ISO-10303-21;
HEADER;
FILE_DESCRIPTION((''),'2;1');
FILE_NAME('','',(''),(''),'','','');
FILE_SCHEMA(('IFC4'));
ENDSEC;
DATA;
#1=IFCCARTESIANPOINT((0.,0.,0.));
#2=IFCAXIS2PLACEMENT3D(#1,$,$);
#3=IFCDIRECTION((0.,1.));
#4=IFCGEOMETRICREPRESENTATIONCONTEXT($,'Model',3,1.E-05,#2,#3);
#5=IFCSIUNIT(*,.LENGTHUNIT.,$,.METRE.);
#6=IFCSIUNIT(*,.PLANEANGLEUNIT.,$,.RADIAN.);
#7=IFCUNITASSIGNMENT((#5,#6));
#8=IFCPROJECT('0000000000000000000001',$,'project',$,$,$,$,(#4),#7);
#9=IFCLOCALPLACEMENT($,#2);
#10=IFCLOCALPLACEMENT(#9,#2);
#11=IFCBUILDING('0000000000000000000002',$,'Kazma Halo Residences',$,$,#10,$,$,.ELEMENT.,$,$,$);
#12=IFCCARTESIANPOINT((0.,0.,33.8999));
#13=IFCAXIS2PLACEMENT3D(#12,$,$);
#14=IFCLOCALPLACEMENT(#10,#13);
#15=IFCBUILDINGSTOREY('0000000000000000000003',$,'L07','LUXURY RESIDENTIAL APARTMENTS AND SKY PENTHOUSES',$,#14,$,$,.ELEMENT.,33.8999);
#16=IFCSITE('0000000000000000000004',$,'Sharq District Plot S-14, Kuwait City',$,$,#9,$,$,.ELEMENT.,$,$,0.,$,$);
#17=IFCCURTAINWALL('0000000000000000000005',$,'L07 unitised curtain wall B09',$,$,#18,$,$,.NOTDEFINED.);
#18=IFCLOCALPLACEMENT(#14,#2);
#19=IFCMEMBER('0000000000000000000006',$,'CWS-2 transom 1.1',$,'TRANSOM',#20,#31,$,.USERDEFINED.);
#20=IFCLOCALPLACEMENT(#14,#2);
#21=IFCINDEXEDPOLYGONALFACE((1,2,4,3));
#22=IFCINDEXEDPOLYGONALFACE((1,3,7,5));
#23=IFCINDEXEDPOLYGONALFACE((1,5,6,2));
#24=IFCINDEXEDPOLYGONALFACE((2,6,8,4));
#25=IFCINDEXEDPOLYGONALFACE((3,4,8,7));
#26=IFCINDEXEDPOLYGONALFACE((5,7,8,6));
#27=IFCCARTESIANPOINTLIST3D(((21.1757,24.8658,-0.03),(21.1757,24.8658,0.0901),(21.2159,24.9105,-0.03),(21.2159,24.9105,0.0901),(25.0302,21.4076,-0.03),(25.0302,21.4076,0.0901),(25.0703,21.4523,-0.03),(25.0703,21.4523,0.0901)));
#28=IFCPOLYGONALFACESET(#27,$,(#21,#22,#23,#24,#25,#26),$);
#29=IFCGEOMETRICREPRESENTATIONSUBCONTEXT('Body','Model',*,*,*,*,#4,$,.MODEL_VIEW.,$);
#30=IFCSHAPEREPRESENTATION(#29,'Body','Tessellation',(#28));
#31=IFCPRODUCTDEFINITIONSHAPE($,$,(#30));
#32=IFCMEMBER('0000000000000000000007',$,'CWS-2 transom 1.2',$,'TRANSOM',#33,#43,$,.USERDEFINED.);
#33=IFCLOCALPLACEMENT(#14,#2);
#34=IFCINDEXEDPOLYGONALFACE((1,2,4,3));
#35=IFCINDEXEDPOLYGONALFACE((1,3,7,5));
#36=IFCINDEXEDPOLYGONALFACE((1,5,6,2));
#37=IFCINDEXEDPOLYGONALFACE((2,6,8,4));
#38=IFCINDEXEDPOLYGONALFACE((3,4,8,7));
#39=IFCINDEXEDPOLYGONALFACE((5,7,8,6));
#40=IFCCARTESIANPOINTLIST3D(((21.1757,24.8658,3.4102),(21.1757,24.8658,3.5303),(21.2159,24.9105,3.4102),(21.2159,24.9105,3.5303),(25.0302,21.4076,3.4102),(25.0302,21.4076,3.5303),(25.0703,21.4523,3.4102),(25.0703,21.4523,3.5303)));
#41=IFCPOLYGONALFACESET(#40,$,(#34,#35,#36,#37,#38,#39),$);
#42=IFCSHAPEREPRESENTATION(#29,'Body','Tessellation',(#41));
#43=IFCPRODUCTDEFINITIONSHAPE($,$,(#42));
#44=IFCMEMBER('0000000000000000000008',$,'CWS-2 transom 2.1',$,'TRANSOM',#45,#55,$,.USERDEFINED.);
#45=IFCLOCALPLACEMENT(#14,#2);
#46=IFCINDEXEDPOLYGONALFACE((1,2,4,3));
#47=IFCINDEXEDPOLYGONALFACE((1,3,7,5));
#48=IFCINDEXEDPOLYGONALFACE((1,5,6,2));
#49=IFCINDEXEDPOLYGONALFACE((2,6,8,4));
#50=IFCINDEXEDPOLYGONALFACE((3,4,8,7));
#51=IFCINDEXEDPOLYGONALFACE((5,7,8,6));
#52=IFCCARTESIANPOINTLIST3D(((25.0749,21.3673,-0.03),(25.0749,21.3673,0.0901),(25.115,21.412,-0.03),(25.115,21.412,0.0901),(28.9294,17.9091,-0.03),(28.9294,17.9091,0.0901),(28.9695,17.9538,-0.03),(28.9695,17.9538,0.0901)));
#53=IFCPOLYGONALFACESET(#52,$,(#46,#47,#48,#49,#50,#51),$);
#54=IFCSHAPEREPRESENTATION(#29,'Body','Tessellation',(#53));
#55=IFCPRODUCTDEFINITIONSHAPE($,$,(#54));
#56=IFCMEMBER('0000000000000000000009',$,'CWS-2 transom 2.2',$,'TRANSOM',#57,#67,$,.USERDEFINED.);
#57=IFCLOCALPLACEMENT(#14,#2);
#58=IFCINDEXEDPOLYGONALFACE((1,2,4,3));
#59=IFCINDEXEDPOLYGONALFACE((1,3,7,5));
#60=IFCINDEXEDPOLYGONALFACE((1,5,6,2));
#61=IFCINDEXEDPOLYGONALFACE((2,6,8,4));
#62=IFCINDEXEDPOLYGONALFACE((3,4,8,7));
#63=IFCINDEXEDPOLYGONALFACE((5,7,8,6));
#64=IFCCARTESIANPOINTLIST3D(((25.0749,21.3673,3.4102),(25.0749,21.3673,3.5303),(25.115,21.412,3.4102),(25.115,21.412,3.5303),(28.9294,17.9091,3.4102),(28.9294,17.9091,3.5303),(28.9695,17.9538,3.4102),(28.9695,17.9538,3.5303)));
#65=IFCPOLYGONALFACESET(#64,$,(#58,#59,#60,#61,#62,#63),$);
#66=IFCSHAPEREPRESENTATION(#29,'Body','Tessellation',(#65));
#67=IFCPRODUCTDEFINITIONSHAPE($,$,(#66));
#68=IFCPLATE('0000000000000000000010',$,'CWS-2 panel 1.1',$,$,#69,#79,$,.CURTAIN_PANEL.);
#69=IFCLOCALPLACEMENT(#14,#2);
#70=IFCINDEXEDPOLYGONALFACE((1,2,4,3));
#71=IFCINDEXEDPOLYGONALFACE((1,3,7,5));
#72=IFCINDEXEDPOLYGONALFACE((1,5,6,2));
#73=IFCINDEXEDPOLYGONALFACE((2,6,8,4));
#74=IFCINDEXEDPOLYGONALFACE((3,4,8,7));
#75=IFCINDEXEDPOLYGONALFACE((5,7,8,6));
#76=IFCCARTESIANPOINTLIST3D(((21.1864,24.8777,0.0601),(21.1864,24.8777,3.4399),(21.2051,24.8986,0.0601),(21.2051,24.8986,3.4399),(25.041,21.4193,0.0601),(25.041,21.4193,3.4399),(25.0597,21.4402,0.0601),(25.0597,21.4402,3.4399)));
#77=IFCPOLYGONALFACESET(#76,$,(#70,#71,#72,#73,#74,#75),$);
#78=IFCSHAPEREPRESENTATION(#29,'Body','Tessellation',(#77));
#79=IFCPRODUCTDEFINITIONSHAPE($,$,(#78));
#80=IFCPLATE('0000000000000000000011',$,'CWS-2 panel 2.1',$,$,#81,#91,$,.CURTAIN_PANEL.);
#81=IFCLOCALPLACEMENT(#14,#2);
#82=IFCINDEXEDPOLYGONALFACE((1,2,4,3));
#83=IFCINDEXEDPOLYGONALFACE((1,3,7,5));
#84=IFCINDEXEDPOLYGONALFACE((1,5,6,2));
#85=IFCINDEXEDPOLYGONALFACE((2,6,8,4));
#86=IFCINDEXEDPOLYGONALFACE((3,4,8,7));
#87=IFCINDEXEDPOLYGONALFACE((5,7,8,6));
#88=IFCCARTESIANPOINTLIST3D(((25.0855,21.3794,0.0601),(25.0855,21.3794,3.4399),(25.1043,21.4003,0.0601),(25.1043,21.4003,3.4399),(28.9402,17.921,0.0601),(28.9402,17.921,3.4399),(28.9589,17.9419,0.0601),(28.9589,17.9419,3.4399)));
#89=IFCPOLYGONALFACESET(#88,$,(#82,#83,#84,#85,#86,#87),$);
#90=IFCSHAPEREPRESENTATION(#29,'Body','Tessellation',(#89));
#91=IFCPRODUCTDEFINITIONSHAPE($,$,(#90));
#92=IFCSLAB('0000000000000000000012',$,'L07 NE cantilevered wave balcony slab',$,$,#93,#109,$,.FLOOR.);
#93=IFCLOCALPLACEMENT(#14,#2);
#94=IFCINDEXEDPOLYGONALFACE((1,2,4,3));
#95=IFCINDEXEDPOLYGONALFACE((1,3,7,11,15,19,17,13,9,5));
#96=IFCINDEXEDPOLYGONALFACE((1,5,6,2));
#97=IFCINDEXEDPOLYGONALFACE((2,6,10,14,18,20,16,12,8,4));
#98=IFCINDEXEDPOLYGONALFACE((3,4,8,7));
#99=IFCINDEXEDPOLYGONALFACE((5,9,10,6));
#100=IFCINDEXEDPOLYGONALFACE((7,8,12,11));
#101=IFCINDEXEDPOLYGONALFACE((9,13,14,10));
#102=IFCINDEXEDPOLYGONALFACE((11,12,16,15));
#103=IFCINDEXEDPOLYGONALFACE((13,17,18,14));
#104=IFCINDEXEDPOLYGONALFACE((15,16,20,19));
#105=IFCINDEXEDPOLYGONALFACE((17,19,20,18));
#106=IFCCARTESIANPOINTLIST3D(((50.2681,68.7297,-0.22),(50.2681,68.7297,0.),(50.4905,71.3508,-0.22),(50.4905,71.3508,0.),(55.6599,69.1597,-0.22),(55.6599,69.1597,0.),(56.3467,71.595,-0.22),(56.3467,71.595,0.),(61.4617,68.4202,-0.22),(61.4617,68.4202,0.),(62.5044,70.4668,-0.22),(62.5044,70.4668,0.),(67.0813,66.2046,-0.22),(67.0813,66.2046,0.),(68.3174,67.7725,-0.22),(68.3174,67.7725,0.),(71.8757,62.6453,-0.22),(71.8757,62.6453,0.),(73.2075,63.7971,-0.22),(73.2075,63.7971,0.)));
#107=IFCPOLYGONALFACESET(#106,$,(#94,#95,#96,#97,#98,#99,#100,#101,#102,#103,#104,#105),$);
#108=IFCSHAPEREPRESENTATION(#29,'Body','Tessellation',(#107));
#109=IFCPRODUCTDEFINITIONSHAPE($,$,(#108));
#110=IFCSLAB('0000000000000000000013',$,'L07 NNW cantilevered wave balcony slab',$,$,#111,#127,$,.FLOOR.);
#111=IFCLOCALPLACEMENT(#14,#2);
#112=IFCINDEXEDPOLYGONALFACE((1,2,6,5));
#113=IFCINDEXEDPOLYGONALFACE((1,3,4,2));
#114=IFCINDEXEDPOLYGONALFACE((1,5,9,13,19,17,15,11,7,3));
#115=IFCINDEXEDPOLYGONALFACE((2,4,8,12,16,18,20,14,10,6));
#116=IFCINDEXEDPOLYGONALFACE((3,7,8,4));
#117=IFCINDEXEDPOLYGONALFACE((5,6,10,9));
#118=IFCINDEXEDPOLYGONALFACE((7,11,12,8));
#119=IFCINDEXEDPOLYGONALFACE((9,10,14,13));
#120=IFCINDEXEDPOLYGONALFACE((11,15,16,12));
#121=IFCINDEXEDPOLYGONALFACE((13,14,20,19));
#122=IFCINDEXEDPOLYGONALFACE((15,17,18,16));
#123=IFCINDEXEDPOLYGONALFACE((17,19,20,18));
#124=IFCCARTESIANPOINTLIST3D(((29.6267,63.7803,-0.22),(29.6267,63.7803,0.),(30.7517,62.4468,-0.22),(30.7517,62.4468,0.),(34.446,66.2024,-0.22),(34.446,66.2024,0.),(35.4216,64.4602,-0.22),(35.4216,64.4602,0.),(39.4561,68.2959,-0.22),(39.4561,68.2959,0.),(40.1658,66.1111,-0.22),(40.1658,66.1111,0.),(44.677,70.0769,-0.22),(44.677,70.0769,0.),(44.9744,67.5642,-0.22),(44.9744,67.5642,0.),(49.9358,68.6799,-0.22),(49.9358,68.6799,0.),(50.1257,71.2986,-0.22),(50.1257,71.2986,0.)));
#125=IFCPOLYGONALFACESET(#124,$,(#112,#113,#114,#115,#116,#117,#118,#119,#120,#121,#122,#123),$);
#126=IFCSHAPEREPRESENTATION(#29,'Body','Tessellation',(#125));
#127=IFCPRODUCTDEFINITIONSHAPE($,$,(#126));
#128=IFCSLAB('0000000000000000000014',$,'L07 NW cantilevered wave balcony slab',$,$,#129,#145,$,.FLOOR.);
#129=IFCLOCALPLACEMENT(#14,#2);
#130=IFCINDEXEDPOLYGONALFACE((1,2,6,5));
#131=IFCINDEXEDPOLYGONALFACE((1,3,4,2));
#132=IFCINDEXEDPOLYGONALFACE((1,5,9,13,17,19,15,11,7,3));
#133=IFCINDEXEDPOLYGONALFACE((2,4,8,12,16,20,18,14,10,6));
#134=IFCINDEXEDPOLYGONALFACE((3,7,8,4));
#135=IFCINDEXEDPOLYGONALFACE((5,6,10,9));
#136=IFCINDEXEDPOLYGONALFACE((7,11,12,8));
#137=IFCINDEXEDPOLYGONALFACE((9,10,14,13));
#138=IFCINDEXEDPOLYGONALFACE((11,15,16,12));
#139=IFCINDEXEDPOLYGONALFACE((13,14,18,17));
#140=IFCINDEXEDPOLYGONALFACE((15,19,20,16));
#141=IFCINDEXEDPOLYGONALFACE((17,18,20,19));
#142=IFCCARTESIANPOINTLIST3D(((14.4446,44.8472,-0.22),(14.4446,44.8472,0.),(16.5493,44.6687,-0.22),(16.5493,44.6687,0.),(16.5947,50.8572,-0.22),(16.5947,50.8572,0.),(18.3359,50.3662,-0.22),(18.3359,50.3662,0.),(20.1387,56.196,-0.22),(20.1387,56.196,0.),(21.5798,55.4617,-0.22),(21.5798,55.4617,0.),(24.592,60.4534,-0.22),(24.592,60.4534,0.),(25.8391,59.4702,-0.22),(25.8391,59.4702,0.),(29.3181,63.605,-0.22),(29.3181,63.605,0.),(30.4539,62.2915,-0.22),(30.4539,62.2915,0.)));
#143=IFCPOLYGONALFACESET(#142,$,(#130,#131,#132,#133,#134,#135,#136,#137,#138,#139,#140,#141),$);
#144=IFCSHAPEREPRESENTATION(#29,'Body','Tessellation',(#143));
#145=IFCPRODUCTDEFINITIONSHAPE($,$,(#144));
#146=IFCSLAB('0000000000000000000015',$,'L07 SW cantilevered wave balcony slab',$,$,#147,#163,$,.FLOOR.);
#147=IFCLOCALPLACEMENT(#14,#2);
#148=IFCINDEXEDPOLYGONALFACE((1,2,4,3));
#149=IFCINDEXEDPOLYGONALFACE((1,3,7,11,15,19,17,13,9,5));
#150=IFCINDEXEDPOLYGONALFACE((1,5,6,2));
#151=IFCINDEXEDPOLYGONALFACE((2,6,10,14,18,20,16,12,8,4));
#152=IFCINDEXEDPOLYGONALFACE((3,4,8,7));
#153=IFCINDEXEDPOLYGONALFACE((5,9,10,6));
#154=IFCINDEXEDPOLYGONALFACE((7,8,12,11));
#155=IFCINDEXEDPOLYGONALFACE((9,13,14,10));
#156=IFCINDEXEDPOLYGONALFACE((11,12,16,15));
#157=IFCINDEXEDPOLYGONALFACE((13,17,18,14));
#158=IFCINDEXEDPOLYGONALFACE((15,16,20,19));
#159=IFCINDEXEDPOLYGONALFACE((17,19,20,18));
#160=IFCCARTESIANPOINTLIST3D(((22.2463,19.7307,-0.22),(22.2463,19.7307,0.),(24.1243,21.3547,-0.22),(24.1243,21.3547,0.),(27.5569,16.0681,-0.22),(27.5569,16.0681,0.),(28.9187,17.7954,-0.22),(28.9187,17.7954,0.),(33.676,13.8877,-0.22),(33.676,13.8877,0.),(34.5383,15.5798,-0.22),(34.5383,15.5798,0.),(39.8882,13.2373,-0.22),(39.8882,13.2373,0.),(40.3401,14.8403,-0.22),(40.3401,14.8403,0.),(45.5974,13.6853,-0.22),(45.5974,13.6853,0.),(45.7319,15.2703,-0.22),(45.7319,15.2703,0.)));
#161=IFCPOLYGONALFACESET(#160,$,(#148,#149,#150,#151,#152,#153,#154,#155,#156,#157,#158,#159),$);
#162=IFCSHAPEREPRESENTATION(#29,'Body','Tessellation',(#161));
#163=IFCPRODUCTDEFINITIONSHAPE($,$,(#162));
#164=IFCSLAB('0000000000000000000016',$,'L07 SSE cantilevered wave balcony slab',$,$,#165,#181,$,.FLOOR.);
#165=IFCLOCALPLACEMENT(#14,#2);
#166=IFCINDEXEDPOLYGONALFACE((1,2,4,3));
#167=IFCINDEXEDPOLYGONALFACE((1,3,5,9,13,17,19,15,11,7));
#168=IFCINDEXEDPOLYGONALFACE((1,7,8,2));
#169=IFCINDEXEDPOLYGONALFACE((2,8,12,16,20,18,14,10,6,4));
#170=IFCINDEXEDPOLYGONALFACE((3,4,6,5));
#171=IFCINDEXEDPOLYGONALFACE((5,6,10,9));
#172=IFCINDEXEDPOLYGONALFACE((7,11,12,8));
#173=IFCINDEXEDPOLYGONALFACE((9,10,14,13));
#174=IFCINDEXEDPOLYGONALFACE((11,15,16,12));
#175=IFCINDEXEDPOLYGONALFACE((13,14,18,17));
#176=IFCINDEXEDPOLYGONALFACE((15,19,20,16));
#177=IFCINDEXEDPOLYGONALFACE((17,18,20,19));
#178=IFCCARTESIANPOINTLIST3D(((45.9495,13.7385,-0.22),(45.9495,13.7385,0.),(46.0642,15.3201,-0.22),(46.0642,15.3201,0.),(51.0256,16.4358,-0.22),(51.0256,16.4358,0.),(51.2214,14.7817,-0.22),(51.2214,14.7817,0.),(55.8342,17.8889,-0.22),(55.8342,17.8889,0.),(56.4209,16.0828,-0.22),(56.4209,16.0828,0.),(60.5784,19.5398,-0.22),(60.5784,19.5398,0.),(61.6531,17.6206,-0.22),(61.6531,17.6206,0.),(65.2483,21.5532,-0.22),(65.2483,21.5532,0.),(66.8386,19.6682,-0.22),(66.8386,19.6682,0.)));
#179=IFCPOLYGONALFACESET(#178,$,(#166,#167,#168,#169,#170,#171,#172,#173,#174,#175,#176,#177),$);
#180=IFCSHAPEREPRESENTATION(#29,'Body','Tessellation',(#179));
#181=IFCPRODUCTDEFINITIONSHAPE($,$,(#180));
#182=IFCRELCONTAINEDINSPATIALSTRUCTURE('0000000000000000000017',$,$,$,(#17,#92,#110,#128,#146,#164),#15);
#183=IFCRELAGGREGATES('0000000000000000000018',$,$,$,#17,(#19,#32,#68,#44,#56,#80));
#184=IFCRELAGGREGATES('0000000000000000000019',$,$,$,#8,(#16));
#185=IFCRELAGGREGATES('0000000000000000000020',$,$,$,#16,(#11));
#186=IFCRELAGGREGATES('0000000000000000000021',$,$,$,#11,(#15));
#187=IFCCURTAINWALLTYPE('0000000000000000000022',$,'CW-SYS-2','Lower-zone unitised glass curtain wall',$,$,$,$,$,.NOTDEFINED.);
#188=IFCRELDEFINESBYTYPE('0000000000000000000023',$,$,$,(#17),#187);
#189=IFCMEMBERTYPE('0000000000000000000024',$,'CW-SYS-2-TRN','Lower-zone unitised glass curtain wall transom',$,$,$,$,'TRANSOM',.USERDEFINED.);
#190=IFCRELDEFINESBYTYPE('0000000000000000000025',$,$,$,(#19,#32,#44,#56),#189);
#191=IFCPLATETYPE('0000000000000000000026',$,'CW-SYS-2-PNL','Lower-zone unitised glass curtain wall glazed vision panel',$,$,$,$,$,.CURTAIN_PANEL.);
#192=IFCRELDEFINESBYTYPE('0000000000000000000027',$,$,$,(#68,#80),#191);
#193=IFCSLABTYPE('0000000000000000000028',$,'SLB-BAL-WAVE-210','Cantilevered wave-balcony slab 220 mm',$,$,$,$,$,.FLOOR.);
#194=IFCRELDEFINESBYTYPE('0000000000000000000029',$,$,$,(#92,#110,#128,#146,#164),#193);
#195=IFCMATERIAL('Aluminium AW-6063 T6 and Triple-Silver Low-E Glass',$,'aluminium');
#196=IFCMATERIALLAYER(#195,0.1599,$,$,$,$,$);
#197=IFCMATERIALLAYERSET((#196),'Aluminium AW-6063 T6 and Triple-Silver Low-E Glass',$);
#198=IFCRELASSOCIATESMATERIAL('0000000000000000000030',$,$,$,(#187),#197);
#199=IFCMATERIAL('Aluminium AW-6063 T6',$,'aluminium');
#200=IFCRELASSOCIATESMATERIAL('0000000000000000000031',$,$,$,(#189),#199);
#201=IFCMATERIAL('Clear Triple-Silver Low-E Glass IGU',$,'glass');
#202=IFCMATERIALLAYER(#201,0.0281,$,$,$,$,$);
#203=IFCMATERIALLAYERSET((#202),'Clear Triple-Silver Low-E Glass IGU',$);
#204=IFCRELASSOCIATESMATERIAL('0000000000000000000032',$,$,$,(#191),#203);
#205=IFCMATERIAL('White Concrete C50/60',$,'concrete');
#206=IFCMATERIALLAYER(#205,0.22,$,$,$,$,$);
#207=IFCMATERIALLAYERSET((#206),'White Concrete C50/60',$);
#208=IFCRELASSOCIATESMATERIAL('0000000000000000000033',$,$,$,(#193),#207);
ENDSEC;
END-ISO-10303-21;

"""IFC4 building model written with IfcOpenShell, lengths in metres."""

from ifc_helpers import new_model, si_unit, direction, frame, origin, origin_2d, place, context, subcontext, project, spatial, polyline, rectangle, outline, extrude, material, layer, layer_set, material_profile, profile_set, type_object, element, aggregate, save


model = new_model("IFC4")

# Units and contexts
model_context = context("Model", 3, precision=1e-05, world=origin(), true_north=direction((0.0, 1.0)))
body_context = subcontext(model_context, "Body", "Model", "MODEL_VIEW")
ifc_project = project(units=[si_unit("LENGTHUNIT", "METRE"), si_unit("PLANEANGLEUNIT", "RADIAN")], contexts=[model_context])

# Site, building, storey
site_placement = place(None, origin())
site = spatial("IfcSite", under=ifc_project, at=site_placement, Name="Sharq District Plot S-14, Kuwait City", CompositionType="ELEMENT", RefElevation=0.0)
building_placement = place(site_placement, origin())
building = spatial("IfcBuilding", under=site, at=building_placement, Name="Kazma Halo Residences", CompositionType="ELEMENT")
storey_placement = place(building_placement, frame((0.0, 0.0, 33.8999)))
storey = spatial("IfcBuildingStorey", under=building, at=storey_placement, Name="L07", Description="LUXURY RESIDENTIAL APARTMENTS AND SKY PENTHOUSES", CompositionType="ELEMENT", Elevation=33.8999)

# Curtain wall, members, plates
ifc_material_1 = material(Name="Aluminium AW-6063 T6 and Triple-Silver Low-E Glass", Category="aluminium")
ifc_layer_1 = layer(ifc_material_1, 0.1599)
ifc_layer_set_1 = layer_set([ifc_layer_1], Name="Aluminium AW-6063 T6 and Triple-Silver Low-E Glass")
curtain_wall_type = type_object("IfcCurtainWallType", Name="CW-SYS-2", Description="Lower-zone unitised glass curtain wall", PredefinedType="NOTDEFINED", material=ifc_layer_set_1)
curtain_wall_placement = place(storey_placement, origin())
curtain_wall = element("IfcCurtainWall", 1, at=curtain_wall_placement, inside=storey, type_object=curtain_wall_type, Name="L07 unitised curtain wall B09", PredefinedType="NOTDEFINED")
ifc_material_2 = material(Name="Aluminium AW-6063 T6", Category="aluminium")
ifc_material_profile_1 = material_profile(ifc_material_2, rectangle(XDim=0.0601, YDim=0.1201, at=origin_2d()), Name="CWT-60x120")
ifc_profile_set_1 = profile_set([ifc_material_profile_1], Name="Aluminium AW-6063 T6")
member_type_1 = type_object("IfcMemberType", Name="CW-SYS-2-TRN", Description="Lower-zone unitised glass curtain wall transom", ElementType="TRANSOM", PredefinedType="USERDEFINED", material=ifc_profile_set_1)
member_1_placement = place(storey_placement, frame((21.1958, 24.8882, 0.03), z_axis=(0.744329, -0.667813, 0.0), x_axis=(0.667813, 0.744329, 0.0)))
member_1 = element("IfcMember", 2, at=member_1_placement, type_object=member_type_1, Name="CWS-2 transom 1.1", ObjectType="TRANSOM", PredefinedType="USERDEFINED", context=body_context, shape_type="SweptSolid", body=[
    extrude(rectangle(XDim=0.0601, YDim=0.1201, at=origin_2d()), origin(), (0.0, 0.0, 1.0), 5.1785),
])
member_2_placement = place(storey_placement, frame((21.1958, 24.8882, 3.4702), z_axis=(0.744329, -0.667813, 0.0), x_axis=(0.667813, 0.744329, 0.0)))
member_2 = element("IfcMember", 3, at=member_2_placement, type_object=member_type_1, Name="CWS-2 transom 1.2", ObjectType="TRANSOM", PredefinedType="USERDEFINED", context=body_context, shape_type="SweptSolid", body=[
    extrude(rectangle(XDim=0.0601, YDim=0.1201, at=origin_2d()), origin(), (0.0, 0.0, 1.0), 5.1785),
])
member_3_placement = place(storey_placement, frame((25.095, 21.3896, 0.03), z_axis=(0.744329, -0.667813, 0.0), x_axis=(0.667813, 0.744329, 0.0)))
member_3 = element("IfcMember", 4, at=member_3_placement, type_object=member_type_1, Name="CWS-2 transom 2.1", ObjectType="TRANSOM", PredefinedType="USERDEFINED", context=body_context, shape_type="SweptSolid", body=[
    extrude(rectangle(XDim=0.0601, YDim=0.1201, at=origin_2d()), origin(), (0.0, 0.0, 1.0), 5.1785),
])
member_4_placement = place(storey_placement, frame((25.095, 21.3896, 3.4702), z_axis=(0.744329, -0.667813, 0.0), x_axis=(0.667813, 0.744329, 0.0)))
member_4 = element("IfcMember", 5, at=member_4_placement, type_object=member_type_1, Name="CWS-2 transom 2.2", ObjectType="TRANSOM", PredefinedType="USERDEFINED", context=body_context, shape_type="SweptSolid", body=[
    extrude(rectangle(XDim=0.0601, YDim=0.1201, at=origin_2d()), origin(), (0.0, 0.0, 1.0), 5.1785),
])
ifc_material_3 = material(Name="Clear Triple-Silver Low-E Glass IGU", Category="glass")
ifc_layer_2 = layer(ifc_material_3, 0.0281)
ifc_layer_set_2 = layer_set([ifc_layer_2], Name="Clear Triple-Silver Low-E Glass IGU")
plate_type = type_object("IfcPlateType", Name="CW-SYS-2-PNL", Description="Lower-zone unitised glass curtain wall glazed vision panel", PredefinedType="CURTAIN_PANEL", material=ifc_layer_set_2)
plate_1_placement = place(storey_placement, frame((23.123, 23.1589, 0.0601), z_axis=(0.0, 0.0, 1.0), x_axis=(0.744322, -0.667821, 0.0)))
plate_1 = element("IfcPlate", 6, at=plate_1_placement, type_object=plate_type, Name="CWS-2 panel 1.1", PredefinedType="CURTAIN_PANEL", context=body_context, shape_type="SweptSolid", body=[
    extrude(rectangle(XDim=5.1787, YDim=0.0281, at=origin_2d()), origin(), (0.0, 0.0, 1.0), 3.3799),
])
plate_2_placement = place(storey_placement, frame((27.0222, 19.6606, 0.0601), z_axis=(0.0, 0.0, 1.0), x_axis=(0.744322, -0.667821, 0.0)))
plate_2 = element("IfcPlate", 7, at=plate_2_placement, type_object=plate_type, Name="CWS-2 panel 2.1", PredefinedType="CURTAIN_PANEL", context=body_context, shape_type="SweptSolid", body=[
    extrude(rectangle(XDim=5.1787, YDim=0.0281, at=origin_2d()), origin(), (0.0, 0.0, 1.0), 3.3799),
])
aggregate(curtain_wall, [member_1, member_2, plate_1, member_3, member_4, plate_2])

# Slabs
ifc_material_4 = material(Name="White Concrete C50/60", Category="concrete")
ifc_layer_3 = layer(ifc_material_4, 0.22)
ifc_layer_set_3 = layer_set([ifc_layer_3], Name="White Concrete C50/60")
slab_type_1 = type_object("IfcSlabType", Name="SLB-BAL-WAVE-210", Description="Cantilevered wave-balcony slab 220 mm", PredefinedType="FLOOR", material=ifc_layer_set_3)
slab_1_placement = place(storey_placement, frame((0.0, 0.0, -0.22)))
element("IfcSlab", 8, at=slab_1_placement, inside=storey, type_object=slab_type_1, Name="L07 NE cantilevered wave balcony slab", PredefinedType="FLOOR", context=body_context, shape_type="SweptSolid", body=[
    extrude(outline(polyline([(71.8757, 62.6453), (67.0813, 66.2046), (61.4617, 68.4202), (55.6599, 69.1597), (50.2681, 68.7297), (50.4905, 71.3508), (56.3467, 71.595), (62.5044, 70.4668), (68.3174, 67.7725), (73.2075, 63.7971), (71.8757, 62.6453)])), origin(), (0.0, 0.0, 1.0), 0.22),
])
slab_2_placement = place(storey_placement, frame((0.0, 0.0, -0.22)))
element("IfcSlab", 9, at=slab_2_placement, inside=storey, type_object=slab_type_1, Name="L07 NNW cantilevered wave balcony slab", PredefinedType="FLOOR", context=body_context, shape_type="SweptSolid", body=[
    extrude(outline(polyline([(49.9358, 68.6799), (44.9744, 67.5642), (40.1658, 66.1111), (35.4216, 64.4602), (30.7517, 62.4468), (29.6267, 63.7803), (34.446, 66.2024), (39.4561, 68.2959), (44.677, 70.0769), (50.1257, 71.2986), (49.9358, 68.6799)])), origin(), (0.0, 0.0, 1.0), 0.22),
])
slab_3_placement = place(storey_placement, frame((0.0, 0.0, -0.22)))
element("IfcSlab", 10, at=slab_3_placement, inside=storey, type_object=slab_type_1, Name="L07 NW cantilevered wave balcony slab", PredefinedType="FLOOR", context=body_context, shape_type="SweptSolid", body=[
    extrude(outline(polyline([(30.4539, 62.2915), (25.8391, 59.4702), (21.5798, 55.4617), (18.3359, 50.3662), (16.5493, 44.6687), (14.4446, 44.8472), (16.5947, 50.8572), (20.1387, 56.196), (24.592, 60.4534), (29.3181, 63.605), (30.4539, 62.2915)])), origin(), (0.0, 0.0, 1.0), 0.22),
])
slab_4_placement = place(storey_placement, frame((0.0, 0.0, -0.22)))
element("IfcSlab", 11, at=slab_4_placement, inside=storey, type_object=slab_type_1, Name="L07 SW cantilevered wave balcony slab", PredefinedType="FLOOR", context=body_context, shape_type="SweptSolid", body=[
    extrude(outline(polyline([(24.1243, 21.3547), (28.9187, 17.7954), (34.5383, 15.5798), (40.3401, 14.8403), (45.7319, 15.2703), (45.5974, 13.6853), (39.8882, 13.2373), (33.676, 13.8877), (27.5569, 16.0681), (22.2463, 19.7307), (24.1243, 21.3547)])), origin(), (0.0, 0.0, 1.0), 0.22),
])
slab_5_placement = place(storey_placement, frame((0.0, 0.0, -0.22)))
element("IfcSlab", 12, at=slab_5_placement, inside=storey, type_object=slab_type_1, Name="L07 SSE cantilevered wave balcony slab", PredefinedType="FLOOR", context=body_context, shape_type="SweptSolid", body=[
    extrude(outline(polyline([(46.0642, 15.3201), (51.0256, 16.4358), (55.8342, 17.8889), (60.5784, 19.5398), (65.2483, 21.5532), (66.8386, 19.6682), (61.6531, 17.6206), (56.4209, 16.0828), (51.2214, 14.7817), (45.9495, 13.7385), (46.0642, 15.3201)])), origin(), (0.0, 0.0, 1.0), 0.22),
])

save(model, "model.ifc")
